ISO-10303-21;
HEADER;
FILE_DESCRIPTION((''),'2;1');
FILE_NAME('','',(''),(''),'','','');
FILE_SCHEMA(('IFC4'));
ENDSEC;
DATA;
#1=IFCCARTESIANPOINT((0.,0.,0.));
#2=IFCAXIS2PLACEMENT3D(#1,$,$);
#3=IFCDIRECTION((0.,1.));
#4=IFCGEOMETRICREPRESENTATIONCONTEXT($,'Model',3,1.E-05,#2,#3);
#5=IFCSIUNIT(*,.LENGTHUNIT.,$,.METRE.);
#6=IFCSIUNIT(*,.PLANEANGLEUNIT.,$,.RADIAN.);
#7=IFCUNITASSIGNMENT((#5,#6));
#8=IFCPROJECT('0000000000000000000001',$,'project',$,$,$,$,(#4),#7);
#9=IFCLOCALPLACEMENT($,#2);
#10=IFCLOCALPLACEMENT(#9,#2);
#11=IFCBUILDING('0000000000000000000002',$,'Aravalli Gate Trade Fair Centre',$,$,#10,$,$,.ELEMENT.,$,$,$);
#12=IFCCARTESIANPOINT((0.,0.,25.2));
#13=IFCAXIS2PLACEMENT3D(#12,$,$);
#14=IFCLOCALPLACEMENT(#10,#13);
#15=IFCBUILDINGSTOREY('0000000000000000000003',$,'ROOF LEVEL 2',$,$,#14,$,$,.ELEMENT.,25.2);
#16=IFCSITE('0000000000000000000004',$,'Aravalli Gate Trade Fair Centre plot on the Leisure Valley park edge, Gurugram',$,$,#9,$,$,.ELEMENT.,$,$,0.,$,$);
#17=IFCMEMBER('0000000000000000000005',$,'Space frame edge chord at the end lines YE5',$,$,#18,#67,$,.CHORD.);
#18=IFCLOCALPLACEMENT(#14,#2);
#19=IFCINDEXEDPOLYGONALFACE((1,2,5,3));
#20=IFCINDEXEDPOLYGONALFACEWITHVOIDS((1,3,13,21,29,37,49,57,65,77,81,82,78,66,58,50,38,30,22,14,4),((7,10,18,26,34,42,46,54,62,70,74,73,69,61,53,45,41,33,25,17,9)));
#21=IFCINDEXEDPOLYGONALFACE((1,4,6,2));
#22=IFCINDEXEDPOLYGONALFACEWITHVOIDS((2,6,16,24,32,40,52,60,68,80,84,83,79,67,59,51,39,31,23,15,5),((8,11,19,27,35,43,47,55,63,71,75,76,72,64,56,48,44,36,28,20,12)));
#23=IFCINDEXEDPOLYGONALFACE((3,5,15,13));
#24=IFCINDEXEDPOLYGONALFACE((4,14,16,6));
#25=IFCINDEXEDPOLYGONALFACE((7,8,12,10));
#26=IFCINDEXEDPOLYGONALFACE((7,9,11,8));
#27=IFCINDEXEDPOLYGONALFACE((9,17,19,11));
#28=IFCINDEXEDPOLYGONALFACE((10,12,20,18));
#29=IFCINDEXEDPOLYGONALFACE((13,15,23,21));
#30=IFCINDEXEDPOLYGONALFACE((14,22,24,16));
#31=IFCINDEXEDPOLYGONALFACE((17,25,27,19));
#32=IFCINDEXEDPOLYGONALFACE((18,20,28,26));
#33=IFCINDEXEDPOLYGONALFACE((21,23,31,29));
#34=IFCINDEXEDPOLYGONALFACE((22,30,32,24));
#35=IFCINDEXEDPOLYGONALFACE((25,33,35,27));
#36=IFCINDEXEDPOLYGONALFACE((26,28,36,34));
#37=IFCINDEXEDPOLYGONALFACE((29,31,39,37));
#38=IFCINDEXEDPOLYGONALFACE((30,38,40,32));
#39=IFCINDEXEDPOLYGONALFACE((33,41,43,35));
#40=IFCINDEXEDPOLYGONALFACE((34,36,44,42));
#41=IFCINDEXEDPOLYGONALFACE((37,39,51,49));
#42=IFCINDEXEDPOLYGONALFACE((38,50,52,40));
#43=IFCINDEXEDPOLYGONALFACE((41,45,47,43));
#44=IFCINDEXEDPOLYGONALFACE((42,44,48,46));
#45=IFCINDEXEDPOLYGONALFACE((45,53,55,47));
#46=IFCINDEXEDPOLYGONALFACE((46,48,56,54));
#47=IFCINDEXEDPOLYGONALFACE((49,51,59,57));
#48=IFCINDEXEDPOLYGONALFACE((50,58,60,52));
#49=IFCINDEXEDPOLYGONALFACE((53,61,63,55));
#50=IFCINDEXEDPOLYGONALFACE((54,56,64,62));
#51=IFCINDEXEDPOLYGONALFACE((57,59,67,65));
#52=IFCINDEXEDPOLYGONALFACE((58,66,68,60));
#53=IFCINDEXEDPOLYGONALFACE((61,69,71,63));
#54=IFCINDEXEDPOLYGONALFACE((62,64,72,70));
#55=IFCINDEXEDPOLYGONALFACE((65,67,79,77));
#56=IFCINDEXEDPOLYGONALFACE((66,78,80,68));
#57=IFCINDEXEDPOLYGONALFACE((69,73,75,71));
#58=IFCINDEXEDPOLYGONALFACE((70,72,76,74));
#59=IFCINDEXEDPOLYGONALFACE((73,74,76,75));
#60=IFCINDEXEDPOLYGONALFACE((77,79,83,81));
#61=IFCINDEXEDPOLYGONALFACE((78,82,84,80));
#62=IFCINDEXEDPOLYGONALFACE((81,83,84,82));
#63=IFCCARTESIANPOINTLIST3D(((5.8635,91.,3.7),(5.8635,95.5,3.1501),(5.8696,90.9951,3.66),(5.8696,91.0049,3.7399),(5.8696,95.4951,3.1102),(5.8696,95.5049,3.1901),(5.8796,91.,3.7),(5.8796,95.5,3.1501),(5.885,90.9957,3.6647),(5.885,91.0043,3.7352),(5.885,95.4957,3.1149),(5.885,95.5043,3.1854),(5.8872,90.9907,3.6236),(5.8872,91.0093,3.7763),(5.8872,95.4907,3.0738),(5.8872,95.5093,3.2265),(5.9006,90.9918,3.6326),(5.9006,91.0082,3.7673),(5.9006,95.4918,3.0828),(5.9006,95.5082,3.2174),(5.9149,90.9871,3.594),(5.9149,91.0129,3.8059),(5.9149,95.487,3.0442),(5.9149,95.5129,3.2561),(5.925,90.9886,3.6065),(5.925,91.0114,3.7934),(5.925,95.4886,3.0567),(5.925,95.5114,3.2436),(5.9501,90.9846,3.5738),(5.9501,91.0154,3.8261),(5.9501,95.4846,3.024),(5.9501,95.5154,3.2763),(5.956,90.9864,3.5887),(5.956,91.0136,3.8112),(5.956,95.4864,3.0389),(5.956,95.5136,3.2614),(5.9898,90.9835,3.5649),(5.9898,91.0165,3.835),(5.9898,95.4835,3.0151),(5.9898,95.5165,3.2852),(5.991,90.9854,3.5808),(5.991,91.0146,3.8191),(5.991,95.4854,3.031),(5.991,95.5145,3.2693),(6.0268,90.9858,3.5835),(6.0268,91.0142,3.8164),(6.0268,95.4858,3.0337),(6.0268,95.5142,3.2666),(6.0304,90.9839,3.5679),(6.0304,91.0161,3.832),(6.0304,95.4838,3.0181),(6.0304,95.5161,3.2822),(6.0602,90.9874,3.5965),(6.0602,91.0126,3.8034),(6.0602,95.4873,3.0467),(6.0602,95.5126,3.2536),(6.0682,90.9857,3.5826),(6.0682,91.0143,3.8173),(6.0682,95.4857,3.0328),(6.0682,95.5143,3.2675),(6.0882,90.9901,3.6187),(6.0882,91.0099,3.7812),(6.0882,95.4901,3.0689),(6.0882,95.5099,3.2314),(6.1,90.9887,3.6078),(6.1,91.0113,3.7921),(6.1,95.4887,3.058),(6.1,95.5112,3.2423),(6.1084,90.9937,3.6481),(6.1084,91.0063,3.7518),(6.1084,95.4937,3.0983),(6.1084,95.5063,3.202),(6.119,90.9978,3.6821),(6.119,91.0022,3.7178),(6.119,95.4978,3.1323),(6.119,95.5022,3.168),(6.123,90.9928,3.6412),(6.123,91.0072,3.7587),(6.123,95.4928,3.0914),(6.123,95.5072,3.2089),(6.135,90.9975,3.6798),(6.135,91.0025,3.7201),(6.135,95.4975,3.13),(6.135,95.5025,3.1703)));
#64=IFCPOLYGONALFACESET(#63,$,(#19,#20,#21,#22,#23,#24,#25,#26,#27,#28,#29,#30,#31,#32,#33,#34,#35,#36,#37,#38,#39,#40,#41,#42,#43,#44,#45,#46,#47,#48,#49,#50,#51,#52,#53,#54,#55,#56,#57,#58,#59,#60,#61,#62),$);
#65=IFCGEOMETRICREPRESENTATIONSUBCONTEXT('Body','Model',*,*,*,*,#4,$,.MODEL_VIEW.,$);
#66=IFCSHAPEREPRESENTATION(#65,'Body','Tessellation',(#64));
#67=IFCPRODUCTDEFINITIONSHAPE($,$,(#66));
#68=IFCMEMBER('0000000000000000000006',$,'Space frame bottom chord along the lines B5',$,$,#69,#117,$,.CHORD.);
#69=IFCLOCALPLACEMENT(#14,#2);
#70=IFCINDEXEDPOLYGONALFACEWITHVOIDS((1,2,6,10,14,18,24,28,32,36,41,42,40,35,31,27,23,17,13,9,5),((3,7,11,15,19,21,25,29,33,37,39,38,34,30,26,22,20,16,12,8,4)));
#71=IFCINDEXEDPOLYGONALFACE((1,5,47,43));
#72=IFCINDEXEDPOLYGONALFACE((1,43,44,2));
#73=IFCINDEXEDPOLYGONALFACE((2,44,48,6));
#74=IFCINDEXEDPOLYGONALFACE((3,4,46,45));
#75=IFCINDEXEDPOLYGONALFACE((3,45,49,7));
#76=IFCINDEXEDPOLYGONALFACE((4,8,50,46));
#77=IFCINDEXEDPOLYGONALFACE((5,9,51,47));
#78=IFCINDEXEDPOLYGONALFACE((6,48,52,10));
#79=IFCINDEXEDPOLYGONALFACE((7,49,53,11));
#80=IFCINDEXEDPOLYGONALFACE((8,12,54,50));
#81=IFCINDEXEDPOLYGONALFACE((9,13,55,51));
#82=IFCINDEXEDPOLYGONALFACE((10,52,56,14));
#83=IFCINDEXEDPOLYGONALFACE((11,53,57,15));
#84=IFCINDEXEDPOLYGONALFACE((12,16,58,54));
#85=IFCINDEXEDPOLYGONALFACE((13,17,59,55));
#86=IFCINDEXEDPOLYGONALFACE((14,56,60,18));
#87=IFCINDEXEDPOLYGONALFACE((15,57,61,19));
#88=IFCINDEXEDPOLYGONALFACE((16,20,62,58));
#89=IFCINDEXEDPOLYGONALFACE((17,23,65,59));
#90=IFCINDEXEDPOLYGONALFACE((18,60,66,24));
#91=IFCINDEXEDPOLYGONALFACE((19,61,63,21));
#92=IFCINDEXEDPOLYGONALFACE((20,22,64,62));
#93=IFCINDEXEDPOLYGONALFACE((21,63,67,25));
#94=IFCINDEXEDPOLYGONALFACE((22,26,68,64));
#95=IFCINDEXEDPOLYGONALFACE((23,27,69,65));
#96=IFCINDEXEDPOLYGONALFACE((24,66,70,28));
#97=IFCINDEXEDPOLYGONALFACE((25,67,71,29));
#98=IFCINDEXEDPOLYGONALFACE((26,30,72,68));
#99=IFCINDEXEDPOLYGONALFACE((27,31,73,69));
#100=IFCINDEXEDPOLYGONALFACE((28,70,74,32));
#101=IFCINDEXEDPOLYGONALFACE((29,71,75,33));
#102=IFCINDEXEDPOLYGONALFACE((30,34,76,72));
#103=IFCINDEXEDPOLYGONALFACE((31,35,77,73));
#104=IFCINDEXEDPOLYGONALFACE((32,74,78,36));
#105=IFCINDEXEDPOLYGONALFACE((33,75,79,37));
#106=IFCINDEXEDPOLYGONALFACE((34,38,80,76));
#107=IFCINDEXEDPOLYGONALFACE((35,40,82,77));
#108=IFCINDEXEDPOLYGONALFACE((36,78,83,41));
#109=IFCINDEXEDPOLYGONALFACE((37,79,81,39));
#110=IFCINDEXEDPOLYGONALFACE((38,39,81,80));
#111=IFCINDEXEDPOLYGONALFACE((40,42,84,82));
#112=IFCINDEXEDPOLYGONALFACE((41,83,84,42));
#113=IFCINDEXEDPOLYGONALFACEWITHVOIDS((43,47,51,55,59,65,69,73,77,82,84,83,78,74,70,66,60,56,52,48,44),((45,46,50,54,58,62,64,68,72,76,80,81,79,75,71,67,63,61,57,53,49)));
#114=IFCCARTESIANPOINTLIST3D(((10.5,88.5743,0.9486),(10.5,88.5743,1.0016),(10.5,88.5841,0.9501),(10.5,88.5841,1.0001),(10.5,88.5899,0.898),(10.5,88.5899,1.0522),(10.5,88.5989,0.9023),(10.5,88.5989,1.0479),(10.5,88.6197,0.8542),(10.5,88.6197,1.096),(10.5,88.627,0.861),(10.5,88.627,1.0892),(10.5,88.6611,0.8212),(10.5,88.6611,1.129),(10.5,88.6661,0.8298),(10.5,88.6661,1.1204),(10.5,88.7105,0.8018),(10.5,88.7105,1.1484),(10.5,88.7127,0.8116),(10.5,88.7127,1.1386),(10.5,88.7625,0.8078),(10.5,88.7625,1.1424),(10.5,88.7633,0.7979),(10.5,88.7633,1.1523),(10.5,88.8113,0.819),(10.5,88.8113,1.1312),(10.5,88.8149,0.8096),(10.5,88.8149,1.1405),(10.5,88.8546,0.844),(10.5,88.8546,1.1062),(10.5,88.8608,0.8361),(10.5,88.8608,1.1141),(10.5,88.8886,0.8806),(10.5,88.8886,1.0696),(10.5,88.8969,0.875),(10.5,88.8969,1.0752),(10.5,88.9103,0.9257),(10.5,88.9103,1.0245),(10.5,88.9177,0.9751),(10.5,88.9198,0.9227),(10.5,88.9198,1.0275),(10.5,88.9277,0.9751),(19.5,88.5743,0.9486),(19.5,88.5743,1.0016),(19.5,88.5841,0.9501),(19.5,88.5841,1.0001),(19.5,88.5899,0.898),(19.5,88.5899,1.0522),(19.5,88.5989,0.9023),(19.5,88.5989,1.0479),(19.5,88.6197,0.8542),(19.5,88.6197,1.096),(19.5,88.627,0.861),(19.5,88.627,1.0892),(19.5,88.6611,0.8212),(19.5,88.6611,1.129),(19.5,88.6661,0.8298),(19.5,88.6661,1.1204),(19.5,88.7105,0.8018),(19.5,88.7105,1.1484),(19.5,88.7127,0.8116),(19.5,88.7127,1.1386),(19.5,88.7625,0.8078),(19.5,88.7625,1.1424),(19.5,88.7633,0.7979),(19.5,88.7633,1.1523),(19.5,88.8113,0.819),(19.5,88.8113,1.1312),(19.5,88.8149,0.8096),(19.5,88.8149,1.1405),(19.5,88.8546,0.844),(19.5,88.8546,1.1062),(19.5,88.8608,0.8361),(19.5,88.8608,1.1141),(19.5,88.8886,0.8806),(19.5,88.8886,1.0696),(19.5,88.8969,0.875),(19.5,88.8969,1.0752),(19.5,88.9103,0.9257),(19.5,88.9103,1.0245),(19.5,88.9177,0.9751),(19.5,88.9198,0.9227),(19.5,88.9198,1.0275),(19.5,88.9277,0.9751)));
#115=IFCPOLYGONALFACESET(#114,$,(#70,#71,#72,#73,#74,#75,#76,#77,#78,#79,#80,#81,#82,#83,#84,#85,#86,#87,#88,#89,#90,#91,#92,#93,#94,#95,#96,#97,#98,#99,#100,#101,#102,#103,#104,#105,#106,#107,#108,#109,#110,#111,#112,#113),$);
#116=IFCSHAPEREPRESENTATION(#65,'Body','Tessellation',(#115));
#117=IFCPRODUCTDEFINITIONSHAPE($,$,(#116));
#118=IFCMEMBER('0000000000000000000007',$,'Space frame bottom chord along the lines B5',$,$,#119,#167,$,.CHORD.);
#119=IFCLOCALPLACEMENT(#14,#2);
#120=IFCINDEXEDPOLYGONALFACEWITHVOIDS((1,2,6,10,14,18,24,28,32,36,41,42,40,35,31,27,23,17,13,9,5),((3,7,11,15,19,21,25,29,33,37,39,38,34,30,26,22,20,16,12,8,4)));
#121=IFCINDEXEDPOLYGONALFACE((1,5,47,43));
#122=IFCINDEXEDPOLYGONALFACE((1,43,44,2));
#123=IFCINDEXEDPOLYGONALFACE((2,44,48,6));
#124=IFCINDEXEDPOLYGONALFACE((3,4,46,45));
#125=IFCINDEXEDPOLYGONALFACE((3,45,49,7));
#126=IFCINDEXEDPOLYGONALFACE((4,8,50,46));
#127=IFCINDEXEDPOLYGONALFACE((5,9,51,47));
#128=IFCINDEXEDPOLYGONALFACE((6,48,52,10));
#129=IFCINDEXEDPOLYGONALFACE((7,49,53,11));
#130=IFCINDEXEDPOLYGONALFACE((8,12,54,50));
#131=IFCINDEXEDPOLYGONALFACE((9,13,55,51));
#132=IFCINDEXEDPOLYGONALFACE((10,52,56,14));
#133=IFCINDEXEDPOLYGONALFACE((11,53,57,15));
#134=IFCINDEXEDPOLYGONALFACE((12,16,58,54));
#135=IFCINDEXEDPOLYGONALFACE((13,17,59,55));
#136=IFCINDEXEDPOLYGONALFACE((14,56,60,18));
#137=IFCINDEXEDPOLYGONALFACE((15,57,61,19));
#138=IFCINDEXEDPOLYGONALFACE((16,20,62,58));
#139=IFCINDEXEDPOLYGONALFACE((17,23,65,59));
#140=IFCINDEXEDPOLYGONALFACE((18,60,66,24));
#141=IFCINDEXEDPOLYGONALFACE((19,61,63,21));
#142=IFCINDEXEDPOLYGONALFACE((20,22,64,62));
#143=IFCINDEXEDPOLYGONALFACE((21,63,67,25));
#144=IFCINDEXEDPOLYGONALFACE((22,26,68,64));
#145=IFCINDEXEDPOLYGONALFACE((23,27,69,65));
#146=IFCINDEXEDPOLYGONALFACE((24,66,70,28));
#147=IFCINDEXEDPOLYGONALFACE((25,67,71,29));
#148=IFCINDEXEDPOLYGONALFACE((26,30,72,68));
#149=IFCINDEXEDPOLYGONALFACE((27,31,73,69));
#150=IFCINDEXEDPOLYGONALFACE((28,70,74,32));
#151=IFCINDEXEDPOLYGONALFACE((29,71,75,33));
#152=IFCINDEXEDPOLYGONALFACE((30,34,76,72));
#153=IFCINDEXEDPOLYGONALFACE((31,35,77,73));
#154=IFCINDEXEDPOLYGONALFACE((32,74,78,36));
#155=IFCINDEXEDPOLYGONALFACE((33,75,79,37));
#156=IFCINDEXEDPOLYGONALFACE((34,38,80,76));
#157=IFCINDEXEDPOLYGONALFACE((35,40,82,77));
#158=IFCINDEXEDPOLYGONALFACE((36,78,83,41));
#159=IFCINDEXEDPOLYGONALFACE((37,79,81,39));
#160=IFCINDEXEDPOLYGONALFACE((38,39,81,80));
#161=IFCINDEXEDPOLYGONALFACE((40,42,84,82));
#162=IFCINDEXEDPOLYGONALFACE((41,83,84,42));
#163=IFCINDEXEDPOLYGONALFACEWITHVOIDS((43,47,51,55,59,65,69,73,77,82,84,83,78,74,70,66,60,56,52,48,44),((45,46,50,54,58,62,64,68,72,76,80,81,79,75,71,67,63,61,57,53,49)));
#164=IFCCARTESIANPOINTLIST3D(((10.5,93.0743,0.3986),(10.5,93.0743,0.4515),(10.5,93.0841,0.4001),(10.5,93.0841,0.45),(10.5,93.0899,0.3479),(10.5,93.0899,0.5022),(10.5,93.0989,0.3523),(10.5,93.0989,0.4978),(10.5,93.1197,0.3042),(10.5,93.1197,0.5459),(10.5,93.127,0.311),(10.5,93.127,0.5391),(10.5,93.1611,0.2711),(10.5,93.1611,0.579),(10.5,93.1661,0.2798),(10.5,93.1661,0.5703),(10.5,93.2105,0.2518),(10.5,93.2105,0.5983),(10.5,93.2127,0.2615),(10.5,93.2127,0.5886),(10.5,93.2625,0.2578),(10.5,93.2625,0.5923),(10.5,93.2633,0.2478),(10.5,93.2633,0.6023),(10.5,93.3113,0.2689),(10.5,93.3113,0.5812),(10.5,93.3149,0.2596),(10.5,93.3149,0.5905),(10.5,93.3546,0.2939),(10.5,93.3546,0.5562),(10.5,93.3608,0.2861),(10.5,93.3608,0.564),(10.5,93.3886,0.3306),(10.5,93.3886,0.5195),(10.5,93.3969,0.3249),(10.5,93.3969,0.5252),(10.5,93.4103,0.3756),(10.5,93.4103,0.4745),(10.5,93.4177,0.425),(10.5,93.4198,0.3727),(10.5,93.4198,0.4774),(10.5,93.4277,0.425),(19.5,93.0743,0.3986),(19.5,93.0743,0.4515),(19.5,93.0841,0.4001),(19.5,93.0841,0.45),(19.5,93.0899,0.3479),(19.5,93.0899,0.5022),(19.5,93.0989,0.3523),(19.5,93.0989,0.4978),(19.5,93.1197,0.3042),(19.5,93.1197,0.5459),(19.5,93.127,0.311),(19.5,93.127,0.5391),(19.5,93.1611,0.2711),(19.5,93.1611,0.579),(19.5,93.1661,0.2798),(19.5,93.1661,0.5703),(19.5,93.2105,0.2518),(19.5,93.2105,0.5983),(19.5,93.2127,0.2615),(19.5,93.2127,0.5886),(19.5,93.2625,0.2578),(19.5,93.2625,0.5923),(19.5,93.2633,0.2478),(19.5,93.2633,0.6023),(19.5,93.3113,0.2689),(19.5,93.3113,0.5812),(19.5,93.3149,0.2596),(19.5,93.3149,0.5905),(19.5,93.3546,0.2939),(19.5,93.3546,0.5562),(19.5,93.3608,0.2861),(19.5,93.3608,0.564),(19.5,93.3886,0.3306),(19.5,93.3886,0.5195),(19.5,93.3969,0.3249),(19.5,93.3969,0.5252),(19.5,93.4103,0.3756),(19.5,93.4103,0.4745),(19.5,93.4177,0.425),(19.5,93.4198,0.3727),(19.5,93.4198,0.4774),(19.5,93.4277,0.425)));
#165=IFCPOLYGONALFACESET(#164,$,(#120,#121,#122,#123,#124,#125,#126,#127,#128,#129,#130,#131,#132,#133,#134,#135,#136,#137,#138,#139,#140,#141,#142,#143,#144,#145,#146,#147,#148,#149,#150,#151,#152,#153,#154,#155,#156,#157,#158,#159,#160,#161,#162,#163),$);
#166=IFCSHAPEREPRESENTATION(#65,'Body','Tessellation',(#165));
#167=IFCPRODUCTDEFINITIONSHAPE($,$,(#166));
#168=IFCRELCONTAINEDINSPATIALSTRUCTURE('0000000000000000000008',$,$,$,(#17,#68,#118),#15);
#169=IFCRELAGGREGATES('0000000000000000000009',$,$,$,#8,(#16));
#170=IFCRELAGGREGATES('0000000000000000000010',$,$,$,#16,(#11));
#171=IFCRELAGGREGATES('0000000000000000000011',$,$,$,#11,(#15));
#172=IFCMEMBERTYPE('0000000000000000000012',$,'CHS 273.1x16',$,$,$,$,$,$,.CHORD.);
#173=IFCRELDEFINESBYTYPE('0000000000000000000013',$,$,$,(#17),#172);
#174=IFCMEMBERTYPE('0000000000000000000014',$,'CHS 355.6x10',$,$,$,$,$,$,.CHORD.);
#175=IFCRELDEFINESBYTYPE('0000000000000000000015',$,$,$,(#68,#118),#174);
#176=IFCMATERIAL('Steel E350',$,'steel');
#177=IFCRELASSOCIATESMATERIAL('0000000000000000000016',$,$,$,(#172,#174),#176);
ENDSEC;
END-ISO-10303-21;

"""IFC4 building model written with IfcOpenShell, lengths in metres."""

from ifc_helpers import new_model, si_unit, direction, frame, origin, origin_2d, place, context, subcontext, project, spatial, hollow_circle, extrude, material, material_profile, profile_set, type_object, element, save


model = new_model("IFC4")

# Units and contexts
model_context = context("Model", 3, precision=1e-05, world=origin(), true_north=direction((0.0, 1.0)))
body_context = subcontext(model_context, "Body", "Model", "MODEL_VIEW")
ifc_project = project(units=[si_unit("LENGTHUNIT", "METRE"), si_unit("PLANEANGLEUNIT", "RADIAN")], contexts=[model_context])

# Site, building, storey
site_placement = place(None, origin())
site = spatial("IfcSite", under=ifc_project, at=site_placement, Name="Aravalli Gate Trade Fair Centre plot on the Leisure Valley park edge, Gurugram", CompositionType="ELEMENT", RefElevation=0.0)
building_placement = place(site_placement, origin())
building = spatial("IfcBuilding", under=site, at=building_placement, Name="Aravalli Gate Trade Fair Centre", CompositionType="ELEMENT")
storey_placement = place(building_placement, frame((0.0, 0.0, 25.2)))
storey = spatial("IfcBuildingStorey", under=building, at=storey_placement, Name="ROOF LEVEL 2", CompositionType="ELEMENT", Elevation=25.2)

# Members
ifc_material_1 = material(Name="Steel E350", Category="steel")
ifc_material_profile_1 = material_profile(ifc_material_1, hollow_circle(Radius=0.1365, WallThickness=0.0161, at=origin_2d()), Name="CHS 273.1x16")
ifc_profile_set_1 = profile_set([ifc_material_profile_1], Name="Steel E350")
member_type_1 = type_object("IfcMemberType", Name="CHS 273.1x16", PredefinedType="CHORD", material=ifc_profile_set_1)
member_1_placement = place(storey_placement, frame((6.0, 91.0, 3.7), z_axis=(0.0, 0.992619, -0.121277), x_axis=(-1.0, 0.0, 0.0)))
element("IfcMember", 1, at=member_1_placement, inside=storey, type_object=member_type_1, Name="Space frame edge chord at the end lines YE5", PredefinedType="CHORD", context=body_context, shape_type="SweptSolid", body=[
    extrude(hollow_circle(Radius=0.1365, WallThickness=0.0161, at=origin_2d()), origin(), (0.0, 0.0, 1.0), 4.5334),
])
ifc_material_profile_2 = material_profile(ifc_material_1, hollow_circle(Radius=0.1777, WallThickness=0.01, at=origin_2d()), Name="CHS 355.6x10")
ifc_profile_set_2 = profile_set([ifc_material_profile_2], Name="Steel E350")
member_type_2 = type_object("IfcMemberType", Name="CHS 355.6x10", PredefinedType="CHORD", material=ifc_profile_set_2)
for number, where, z_axis, x_axis, name in (
    (2, (10.5, 88.75, 0.9751), (1.0, 0.0, 0.0), (0.0, 1.0, 0.0), "Space frame bottom chord along the lines B5"),
    (3, (10.5, 93.25, 0.425), (1.0, 0.0, 0.0), (0.0, 1.0, 0.0), "Space frame bottom chord along the lines B5"),
):
    element("IfcMember", number, at=place(storey_placement, frame(where, z_axis=z_axis, x_axis=x_axis)), inside=storey, type_object=member_type_2, Name=name, PredefinedType="CHORD", context=body_context, shape_type="SweptSolid", body=[
        extrude(hollow_circle(Radius=0.1777, WallThickness=0.01, at=origin_2d()), origin(), (0.0, 0.0, 1.0), 9.0),
    ])

save(model, "model.ifc")
